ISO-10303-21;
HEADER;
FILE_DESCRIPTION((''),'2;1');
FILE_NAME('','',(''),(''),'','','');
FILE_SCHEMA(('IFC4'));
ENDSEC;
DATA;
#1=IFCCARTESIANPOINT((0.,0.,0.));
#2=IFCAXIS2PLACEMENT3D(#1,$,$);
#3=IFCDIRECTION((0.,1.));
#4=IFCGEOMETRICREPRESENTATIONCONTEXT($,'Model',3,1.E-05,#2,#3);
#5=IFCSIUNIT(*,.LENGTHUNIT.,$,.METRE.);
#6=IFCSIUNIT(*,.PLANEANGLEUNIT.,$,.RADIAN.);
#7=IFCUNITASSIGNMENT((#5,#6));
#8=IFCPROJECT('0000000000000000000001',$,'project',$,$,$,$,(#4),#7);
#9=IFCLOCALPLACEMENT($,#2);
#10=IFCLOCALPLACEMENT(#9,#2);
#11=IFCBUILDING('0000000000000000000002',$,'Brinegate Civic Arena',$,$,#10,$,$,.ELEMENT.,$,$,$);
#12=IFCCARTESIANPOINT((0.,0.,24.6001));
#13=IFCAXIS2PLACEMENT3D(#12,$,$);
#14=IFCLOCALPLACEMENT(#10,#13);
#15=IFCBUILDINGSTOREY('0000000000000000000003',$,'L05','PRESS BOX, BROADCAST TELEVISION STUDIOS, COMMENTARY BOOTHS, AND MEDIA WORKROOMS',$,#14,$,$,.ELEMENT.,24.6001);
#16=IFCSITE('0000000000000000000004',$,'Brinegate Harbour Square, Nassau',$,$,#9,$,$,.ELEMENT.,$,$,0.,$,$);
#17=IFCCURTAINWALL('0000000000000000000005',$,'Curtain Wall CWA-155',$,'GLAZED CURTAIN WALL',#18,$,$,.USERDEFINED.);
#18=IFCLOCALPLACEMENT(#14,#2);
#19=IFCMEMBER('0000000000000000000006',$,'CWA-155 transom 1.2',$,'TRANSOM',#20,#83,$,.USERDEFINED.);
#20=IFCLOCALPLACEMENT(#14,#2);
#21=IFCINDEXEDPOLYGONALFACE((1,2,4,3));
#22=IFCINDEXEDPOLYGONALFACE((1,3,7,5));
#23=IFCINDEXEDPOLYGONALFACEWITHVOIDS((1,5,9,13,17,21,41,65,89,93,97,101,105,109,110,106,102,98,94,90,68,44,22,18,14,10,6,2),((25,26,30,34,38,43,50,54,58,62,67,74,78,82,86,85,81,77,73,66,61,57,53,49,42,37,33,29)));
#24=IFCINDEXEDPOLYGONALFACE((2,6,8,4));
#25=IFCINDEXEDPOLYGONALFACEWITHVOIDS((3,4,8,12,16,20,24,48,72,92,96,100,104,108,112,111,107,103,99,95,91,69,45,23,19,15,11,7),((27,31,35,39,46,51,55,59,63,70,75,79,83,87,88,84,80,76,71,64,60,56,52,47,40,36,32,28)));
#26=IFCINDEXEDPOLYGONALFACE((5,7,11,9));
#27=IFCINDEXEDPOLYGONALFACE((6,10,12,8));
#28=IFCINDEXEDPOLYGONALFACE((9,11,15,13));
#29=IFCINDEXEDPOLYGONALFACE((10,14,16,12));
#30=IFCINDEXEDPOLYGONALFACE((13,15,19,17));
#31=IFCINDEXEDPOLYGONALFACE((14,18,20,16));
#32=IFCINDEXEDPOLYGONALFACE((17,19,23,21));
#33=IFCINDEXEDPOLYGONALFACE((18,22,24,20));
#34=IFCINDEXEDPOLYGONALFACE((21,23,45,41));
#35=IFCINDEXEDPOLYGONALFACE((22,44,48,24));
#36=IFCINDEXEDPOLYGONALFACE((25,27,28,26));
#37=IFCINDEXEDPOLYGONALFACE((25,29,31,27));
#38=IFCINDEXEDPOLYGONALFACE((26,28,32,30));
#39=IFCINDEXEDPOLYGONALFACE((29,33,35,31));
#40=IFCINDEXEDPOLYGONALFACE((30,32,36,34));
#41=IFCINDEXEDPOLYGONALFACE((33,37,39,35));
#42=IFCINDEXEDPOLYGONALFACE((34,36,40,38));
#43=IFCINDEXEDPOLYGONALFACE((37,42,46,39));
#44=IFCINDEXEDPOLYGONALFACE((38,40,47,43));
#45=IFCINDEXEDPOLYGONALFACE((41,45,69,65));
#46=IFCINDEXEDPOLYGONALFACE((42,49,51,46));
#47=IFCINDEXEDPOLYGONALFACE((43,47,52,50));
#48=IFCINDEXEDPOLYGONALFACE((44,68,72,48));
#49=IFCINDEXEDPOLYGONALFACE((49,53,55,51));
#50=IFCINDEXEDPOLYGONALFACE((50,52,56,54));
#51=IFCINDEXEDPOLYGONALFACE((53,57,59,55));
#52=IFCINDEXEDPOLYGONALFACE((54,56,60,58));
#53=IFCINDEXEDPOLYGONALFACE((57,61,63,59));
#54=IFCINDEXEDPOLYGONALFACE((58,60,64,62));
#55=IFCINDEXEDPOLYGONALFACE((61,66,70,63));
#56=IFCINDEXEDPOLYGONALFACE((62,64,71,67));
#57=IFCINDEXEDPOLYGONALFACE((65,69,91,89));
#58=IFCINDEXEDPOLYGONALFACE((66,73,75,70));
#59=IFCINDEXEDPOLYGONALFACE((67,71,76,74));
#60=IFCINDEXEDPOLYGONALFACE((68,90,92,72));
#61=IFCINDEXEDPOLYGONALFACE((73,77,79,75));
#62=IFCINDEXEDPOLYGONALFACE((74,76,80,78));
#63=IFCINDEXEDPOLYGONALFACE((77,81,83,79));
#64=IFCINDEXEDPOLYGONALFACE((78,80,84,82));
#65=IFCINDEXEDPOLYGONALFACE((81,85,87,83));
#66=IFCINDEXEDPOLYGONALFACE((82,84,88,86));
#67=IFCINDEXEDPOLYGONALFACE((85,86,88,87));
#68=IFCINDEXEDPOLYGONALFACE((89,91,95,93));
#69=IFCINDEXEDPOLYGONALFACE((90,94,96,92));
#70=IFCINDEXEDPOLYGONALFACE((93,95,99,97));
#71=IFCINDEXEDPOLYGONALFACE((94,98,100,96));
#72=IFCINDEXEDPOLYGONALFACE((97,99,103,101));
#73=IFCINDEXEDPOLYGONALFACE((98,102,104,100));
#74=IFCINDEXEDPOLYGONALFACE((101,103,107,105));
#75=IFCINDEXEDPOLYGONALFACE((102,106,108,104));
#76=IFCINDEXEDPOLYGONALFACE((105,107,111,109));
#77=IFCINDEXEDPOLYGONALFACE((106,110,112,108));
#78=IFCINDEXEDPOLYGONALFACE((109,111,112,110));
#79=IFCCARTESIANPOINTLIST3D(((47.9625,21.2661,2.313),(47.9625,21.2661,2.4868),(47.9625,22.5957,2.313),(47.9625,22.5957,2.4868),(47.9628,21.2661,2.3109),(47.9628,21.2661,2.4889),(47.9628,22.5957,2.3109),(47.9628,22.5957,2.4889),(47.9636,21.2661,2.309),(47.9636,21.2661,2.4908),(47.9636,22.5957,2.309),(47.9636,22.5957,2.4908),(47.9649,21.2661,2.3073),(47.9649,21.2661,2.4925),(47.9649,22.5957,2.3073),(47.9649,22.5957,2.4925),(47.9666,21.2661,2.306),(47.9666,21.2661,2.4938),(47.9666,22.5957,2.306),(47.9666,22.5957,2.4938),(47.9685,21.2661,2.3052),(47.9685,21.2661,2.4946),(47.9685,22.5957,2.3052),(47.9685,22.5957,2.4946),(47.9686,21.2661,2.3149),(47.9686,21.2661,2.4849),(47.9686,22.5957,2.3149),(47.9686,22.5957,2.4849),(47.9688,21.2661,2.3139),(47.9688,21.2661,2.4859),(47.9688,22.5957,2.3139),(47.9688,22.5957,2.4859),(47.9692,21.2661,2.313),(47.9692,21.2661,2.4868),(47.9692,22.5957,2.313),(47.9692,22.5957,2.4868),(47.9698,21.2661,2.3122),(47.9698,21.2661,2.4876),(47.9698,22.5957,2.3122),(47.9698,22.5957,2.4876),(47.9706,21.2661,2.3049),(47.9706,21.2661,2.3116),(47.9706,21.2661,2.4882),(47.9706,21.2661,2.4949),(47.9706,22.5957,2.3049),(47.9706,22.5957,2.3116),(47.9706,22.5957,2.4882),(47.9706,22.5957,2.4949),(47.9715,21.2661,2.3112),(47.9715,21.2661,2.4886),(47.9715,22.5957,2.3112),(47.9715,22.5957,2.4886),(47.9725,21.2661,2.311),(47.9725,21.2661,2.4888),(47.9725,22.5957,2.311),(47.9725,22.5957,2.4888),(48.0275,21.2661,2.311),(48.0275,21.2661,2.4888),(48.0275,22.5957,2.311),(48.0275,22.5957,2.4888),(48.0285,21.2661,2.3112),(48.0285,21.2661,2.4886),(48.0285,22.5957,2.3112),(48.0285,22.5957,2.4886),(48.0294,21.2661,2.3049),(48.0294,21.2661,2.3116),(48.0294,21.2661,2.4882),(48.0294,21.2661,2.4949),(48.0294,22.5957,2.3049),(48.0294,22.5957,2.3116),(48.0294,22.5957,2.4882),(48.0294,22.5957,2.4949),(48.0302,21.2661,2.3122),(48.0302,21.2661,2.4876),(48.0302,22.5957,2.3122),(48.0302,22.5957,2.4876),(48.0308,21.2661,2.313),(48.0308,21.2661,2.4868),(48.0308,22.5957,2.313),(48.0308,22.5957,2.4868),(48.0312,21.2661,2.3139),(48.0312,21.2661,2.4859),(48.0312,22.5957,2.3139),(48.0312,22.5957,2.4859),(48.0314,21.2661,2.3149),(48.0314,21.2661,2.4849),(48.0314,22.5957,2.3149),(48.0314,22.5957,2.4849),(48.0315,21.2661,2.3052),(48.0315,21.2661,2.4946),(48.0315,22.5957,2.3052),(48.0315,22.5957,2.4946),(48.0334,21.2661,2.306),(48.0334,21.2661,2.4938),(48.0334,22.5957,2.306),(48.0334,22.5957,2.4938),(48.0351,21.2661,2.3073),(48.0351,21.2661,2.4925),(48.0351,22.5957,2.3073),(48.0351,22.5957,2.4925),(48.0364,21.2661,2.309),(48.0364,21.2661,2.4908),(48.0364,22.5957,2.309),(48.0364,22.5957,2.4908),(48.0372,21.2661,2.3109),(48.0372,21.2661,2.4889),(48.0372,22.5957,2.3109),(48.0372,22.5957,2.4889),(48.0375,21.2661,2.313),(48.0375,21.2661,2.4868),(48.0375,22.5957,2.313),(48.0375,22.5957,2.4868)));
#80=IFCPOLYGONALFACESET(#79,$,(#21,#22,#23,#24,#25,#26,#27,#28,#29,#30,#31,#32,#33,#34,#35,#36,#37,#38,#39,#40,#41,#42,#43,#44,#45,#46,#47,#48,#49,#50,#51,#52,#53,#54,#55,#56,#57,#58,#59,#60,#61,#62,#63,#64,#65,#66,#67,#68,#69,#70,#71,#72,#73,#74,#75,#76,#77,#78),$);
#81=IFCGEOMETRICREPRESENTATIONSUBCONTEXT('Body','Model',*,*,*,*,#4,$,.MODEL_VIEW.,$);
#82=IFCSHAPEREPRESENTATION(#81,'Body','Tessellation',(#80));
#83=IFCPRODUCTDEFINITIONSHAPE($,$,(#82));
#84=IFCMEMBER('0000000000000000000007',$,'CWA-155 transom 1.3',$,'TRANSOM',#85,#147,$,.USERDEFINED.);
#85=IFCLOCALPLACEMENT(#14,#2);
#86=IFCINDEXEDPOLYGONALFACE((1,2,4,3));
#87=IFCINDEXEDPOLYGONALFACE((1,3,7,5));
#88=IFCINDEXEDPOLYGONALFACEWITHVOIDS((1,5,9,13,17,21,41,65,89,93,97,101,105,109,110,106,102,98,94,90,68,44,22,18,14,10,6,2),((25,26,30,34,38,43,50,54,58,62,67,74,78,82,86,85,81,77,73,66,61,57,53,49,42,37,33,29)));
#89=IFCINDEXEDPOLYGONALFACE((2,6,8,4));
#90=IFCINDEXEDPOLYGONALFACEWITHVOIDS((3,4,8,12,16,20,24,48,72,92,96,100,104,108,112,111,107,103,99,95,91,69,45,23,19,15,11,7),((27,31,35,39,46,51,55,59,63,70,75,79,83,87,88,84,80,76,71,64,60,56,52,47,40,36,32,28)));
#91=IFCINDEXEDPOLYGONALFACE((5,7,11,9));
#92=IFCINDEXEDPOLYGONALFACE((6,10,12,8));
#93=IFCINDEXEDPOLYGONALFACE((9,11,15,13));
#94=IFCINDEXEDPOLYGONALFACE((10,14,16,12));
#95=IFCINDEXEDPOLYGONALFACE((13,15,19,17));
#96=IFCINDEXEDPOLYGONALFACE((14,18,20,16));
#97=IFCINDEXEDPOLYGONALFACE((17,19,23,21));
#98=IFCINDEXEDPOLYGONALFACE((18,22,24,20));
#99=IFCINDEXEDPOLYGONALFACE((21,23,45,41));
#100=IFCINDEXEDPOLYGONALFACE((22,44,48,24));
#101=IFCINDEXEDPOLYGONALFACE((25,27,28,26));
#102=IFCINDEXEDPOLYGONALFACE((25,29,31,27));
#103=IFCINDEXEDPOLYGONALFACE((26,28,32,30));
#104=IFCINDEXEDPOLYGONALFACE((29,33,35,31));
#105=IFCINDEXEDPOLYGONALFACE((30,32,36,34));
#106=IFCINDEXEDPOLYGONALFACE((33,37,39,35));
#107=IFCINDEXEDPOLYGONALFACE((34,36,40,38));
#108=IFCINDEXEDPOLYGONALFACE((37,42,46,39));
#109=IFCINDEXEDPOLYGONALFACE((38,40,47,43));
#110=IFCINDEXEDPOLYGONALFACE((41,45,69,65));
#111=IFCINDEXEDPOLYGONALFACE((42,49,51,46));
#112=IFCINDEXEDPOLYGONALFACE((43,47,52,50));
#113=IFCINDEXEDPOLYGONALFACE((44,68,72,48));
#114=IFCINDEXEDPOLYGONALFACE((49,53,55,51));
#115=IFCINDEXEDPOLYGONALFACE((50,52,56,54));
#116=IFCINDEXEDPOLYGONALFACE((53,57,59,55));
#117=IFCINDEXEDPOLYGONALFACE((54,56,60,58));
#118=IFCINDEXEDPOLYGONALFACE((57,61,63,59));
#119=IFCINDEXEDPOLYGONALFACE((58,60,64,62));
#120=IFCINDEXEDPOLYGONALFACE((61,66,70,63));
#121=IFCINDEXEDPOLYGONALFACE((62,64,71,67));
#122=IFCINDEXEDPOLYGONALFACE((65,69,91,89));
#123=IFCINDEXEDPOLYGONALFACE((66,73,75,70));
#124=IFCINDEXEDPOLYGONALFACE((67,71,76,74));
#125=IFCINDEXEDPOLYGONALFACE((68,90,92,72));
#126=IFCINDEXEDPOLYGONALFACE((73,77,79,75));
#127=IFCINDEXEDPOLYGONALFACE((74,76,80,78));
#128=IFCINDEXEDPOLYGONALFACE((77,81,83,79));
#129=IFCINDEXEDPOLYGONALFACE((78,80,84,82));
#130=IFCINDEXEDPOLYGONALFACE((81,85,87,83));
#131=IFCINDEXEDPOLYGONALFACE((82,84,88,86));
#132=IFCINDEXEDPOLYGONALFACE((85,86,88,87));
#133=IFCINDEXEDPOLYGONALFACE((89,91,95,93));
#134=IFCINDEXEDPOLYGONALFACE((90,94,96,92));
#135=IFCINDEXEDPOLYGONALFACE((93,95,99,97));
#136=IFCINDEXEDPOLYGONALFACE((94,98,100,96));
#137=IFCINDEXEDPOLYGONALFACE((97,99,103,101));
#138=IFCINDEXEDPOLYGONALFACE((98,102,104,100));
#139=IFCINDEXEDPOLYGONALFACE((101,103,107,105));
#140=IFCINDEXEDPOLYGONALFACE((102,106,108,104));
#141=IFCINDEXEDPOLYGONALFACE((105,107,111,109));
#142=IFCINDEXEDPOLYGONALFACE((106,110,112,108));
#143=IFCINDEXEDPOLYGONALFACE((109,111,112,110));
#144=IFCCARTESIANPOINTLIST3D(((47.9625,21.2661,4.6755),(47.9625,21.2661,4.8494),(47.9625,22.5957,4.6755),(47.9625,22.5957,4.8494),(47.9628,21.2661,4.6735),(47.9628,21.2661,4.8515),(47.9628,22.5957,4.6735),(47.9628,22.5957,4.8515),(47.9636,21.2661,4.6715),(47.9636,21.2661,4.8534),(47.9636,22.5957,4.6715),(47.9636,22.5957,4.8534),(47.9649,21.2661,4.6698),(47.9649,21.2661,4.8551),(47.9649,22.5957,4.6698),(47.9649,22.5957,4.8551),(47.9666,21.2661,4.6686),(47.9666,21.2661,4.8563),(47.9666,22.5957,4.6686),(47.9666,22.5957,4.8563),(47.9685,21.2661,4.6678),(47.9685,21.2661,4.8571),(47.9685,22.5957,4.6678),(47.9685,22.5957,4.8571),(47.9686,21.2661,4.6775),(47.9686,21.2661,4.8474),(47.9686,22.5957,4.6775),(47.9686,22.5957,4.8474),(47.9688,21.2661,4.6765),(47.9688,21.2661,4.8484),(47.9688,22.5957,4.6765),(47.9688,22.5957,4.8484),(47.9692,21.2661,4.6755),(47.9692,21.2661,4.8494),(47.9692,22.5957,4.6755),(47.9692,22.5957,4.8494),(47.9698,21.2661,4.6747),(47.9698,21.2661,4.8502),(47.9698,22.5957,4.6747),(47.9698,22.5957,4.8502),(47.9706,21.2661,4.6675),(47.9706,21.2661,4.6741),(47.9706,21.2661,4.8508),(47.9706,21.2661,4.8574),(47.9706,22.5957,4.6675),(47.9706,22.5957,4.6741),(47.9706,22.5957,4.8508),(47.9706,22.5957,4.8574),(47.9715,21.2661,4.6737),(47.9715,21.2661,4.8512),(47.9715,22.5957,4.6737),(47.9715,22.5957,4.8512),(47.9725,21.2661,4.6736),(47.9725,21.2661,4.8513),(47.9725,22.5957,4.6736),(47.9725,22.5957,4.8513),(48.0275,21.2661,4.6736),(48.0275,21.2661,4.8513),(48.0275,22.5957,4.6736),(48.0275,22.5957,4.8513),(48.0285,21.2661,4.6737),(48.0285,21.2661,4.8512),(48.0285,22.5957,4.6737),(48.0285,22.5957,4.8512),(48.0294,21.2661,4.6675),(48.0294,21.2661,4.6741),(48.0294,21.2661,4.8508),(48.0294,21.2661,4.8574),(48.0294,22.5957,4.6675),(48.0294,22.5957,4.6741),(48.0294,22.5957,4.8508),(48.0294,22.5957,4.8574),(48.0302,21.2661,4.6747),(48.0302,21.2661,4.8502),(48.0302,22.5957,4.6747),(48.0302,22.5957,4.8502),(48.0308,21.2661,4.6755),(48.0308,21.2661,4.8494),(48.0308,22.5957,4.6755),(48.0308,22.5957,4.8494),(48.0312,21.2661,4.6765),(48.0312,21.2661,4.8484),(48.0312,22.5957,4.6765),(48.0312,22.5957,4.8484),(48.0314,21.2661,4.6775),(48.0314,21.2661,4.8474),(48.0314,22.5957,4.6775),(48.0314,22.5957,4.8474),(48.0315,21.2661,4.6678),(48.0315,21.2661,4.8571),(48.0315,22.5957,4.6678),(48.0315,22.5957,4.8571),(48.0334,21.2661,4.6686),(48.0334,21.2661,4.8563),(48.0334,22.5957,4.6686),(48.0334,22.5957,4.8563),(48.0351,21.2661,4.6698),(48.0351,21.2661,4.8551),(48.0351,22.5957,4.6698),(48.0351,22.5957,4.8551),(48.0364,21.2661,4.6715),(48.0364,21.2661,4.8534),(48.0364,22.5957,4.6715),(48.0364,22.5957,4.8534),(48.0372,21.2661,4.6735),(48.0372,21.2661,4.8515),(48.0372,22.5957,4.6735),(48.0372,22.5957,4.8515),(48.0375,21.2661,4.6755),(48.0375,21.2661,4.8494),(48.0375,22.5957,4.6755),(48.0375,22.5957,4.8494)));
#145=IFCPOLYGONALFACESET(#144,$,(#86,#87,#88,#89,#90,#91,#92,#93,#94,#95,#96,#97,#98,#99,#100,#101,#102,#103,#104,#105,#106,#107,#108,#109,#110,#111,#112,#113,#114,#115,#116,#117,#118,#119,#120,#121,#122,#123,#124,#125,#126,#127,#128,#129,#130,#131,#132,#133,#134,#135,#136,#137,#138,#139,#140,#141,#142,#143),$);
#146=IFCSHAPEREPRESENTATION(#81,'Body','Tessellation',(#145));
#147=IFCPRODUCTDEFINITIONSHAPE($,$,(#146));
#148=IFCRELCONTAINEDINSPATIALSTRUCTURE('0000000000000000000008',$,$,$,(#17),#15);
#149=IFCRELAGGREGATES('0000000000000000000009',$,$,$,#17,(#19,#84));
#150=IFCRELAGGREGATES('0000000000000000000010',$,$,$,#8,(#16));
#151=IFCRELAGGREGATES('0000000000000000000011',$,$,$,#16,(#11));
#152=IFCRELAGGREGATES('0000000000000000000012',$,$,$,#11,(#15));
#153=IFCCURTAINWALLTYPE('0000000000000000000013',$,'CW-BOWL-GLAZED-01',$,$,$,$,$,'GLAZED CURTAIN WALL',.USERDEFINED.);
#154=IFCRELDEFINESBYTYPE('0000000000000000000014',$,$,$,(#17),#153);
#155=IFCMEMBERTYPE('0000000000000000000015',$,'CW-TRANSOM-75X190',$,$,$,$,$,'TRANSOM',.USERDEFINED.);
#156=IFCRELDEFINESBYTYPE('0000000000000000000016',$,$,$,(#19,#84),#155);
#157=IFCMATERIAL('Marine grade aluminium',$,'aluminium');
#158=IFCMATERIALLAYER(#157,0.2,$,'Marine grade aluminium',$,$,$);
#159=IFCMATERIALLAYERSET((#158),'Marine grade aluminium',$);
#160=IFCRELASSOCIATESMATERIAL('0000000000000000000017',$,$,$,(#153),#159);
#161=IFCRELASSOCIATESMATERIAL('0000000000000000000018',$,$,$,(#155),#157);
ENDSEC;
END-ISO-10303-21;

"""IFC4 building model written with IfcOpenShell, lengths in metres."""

from ifc_helpers import new_model, si_unit, direction, frame, origin, origin_2d, place, context, subcontext, project, spatial, hollow_rectangle, extrude, material, layer, layer_set, material_profile, profile_set, type_object, element, aggregate, save


model = new_model("IFC4")

# Units and contexts
model_context = context("Model", 3, precision=1e-05, world=origin(), true_north=direction((0.0, 1.0)))
body_context = subcontext(model_context, "Body", "Model", "MODEL_VIEW")
ifc_project = project(units=[si_unit("LENGTHUNIT", "METRE"), si_unit("PLANEANGLEUNIT", "RADIAN")], contexts=[model_context])

# Site, building, storey
site_placement = place(None, origin())
site = spatial("IfcSite", under=ifc_project, at=site_placement, Name="Brinegate Harbour Square, Nassau", CompositionType="ELEMENT", RefElevation=0.0)
building_placement = place(site_placement, origin())
building = spatial("IfcBuilding", under=site, at=building_placement, Name="Brinegate Civic Arena", CompositionType="ELEMENT")
storey_placement = place(building_placement, frame((0.0, 0.0, 24.6001)))
storey = spatial("IfcBuildingStorey", under=building, at=storey_placement, Name="L05", Description="PRESS BOX, BROADCAST TELEVISION STUDIOS, COMMENTARY BOOTHS, AND MEDIA WORKROOMS", CompositionType="ELEMENT", Elevation=24.6001)

# Curtain wall
ifc_material_1 = material(Name="Marine grade aluminium", Category="aluminium")
ifc_layer_1 = layer(ifc_material_1, 0.2, Name="Marine grade aluminium")
ifc_layer_set_1 = layer_set([ifc_layer_1], Name="Marine grade aluminium")
curtain_wall_type = type_object("IfcCurtainWallType", Name="CW-BOWL-GLAZED-01", ElementType="GLAZED CURTAIN WALL", PredefinedType="USERDEFINED", material=ifc_layer_set_1)
curtain_wall_1_placement = place(storey_placement, origin())
curtain_wall_1 = element("IfcCurtainWall", 1, at=curtain_wall_1_placement, inside=storey, type_object=curtain_wall_type, Name="Curtain Wall CWA-155", ObjectType="GLAZED CURTAIN WALL", PredefinedType="USERDEFINED")

# Members
ifc_material_profile_1 = material_profile(ifc_material_1, hollow_rectangle(XDim=0.075, YDim=0.1899, WallThickness=0.0061, InnerFilletRadius=0.0039, OuterFilletRadius=0.0081, at=origin_2d()), Name="TRN75X190")
ifc_profile_set_1 = profile_set([ifc_material_profile_1], Name="Marine grade aluminium")
member_type_1 = type_object("IfcMemberType", Name="CW-TRANSOM-75X190", ElementType="TRANSOM", PredefinedType="USERDEFINED", material=ifc_profile_set_1)
member_1_placement = place(storey_placement, frame((48.0, 21.2661, 2.3999), z_axis=(0.0, 1.0, 0.0), x_axis=(-1.0, 0.0, 0.0)))
member_1 = element("IfcMember", 2, at=member_1_placement, type_object=member_type_1, Name="CWA-155 transom 1.2", ObjectType="TRANSOM", PredefinedType="USERDEFINED", context=body_context, shape_type="SweptSolid", body=[
    extrude(hollow_rectangle(XDim=0.075, YDim=0.1899, WallThickness=0.0061, InnerFilletRadius=0.0039, OuterFilletRadius=0.0081, at=origin_2d()), origin(), (0.0, 0.0, 1.0), 1.3296),
])
member_2_placement = place(storey_placement, frame((48.0, 21.2661, 4.7625), z_axis=(0.0, 1.0, 0.0), x_axis=(-1.0, 0.0, 0.0)))
member_2 = element("IfcMember", 3, at=member_2_placement, type_object=member_type_1, Name="CWA-155 transom 1.3", ObjectType="TRANSOM", PredefinedType="USERDEFINED", context=body_context, shape_type="SweptSolid", body=[
    extrude(hollow_rectangle(XDim=0.075, YDim=0.1899, WallThickness=0.0061, InnerFilletRadius=0.0039, OuterFilletRadius=0.0081, at=origin_2d()), origin(), (0.0, 0.0, 1.0), 1.3296),
])

aggregate(curtain_wall_1, [member_1, member_2])

save(model, "model.ifc")
